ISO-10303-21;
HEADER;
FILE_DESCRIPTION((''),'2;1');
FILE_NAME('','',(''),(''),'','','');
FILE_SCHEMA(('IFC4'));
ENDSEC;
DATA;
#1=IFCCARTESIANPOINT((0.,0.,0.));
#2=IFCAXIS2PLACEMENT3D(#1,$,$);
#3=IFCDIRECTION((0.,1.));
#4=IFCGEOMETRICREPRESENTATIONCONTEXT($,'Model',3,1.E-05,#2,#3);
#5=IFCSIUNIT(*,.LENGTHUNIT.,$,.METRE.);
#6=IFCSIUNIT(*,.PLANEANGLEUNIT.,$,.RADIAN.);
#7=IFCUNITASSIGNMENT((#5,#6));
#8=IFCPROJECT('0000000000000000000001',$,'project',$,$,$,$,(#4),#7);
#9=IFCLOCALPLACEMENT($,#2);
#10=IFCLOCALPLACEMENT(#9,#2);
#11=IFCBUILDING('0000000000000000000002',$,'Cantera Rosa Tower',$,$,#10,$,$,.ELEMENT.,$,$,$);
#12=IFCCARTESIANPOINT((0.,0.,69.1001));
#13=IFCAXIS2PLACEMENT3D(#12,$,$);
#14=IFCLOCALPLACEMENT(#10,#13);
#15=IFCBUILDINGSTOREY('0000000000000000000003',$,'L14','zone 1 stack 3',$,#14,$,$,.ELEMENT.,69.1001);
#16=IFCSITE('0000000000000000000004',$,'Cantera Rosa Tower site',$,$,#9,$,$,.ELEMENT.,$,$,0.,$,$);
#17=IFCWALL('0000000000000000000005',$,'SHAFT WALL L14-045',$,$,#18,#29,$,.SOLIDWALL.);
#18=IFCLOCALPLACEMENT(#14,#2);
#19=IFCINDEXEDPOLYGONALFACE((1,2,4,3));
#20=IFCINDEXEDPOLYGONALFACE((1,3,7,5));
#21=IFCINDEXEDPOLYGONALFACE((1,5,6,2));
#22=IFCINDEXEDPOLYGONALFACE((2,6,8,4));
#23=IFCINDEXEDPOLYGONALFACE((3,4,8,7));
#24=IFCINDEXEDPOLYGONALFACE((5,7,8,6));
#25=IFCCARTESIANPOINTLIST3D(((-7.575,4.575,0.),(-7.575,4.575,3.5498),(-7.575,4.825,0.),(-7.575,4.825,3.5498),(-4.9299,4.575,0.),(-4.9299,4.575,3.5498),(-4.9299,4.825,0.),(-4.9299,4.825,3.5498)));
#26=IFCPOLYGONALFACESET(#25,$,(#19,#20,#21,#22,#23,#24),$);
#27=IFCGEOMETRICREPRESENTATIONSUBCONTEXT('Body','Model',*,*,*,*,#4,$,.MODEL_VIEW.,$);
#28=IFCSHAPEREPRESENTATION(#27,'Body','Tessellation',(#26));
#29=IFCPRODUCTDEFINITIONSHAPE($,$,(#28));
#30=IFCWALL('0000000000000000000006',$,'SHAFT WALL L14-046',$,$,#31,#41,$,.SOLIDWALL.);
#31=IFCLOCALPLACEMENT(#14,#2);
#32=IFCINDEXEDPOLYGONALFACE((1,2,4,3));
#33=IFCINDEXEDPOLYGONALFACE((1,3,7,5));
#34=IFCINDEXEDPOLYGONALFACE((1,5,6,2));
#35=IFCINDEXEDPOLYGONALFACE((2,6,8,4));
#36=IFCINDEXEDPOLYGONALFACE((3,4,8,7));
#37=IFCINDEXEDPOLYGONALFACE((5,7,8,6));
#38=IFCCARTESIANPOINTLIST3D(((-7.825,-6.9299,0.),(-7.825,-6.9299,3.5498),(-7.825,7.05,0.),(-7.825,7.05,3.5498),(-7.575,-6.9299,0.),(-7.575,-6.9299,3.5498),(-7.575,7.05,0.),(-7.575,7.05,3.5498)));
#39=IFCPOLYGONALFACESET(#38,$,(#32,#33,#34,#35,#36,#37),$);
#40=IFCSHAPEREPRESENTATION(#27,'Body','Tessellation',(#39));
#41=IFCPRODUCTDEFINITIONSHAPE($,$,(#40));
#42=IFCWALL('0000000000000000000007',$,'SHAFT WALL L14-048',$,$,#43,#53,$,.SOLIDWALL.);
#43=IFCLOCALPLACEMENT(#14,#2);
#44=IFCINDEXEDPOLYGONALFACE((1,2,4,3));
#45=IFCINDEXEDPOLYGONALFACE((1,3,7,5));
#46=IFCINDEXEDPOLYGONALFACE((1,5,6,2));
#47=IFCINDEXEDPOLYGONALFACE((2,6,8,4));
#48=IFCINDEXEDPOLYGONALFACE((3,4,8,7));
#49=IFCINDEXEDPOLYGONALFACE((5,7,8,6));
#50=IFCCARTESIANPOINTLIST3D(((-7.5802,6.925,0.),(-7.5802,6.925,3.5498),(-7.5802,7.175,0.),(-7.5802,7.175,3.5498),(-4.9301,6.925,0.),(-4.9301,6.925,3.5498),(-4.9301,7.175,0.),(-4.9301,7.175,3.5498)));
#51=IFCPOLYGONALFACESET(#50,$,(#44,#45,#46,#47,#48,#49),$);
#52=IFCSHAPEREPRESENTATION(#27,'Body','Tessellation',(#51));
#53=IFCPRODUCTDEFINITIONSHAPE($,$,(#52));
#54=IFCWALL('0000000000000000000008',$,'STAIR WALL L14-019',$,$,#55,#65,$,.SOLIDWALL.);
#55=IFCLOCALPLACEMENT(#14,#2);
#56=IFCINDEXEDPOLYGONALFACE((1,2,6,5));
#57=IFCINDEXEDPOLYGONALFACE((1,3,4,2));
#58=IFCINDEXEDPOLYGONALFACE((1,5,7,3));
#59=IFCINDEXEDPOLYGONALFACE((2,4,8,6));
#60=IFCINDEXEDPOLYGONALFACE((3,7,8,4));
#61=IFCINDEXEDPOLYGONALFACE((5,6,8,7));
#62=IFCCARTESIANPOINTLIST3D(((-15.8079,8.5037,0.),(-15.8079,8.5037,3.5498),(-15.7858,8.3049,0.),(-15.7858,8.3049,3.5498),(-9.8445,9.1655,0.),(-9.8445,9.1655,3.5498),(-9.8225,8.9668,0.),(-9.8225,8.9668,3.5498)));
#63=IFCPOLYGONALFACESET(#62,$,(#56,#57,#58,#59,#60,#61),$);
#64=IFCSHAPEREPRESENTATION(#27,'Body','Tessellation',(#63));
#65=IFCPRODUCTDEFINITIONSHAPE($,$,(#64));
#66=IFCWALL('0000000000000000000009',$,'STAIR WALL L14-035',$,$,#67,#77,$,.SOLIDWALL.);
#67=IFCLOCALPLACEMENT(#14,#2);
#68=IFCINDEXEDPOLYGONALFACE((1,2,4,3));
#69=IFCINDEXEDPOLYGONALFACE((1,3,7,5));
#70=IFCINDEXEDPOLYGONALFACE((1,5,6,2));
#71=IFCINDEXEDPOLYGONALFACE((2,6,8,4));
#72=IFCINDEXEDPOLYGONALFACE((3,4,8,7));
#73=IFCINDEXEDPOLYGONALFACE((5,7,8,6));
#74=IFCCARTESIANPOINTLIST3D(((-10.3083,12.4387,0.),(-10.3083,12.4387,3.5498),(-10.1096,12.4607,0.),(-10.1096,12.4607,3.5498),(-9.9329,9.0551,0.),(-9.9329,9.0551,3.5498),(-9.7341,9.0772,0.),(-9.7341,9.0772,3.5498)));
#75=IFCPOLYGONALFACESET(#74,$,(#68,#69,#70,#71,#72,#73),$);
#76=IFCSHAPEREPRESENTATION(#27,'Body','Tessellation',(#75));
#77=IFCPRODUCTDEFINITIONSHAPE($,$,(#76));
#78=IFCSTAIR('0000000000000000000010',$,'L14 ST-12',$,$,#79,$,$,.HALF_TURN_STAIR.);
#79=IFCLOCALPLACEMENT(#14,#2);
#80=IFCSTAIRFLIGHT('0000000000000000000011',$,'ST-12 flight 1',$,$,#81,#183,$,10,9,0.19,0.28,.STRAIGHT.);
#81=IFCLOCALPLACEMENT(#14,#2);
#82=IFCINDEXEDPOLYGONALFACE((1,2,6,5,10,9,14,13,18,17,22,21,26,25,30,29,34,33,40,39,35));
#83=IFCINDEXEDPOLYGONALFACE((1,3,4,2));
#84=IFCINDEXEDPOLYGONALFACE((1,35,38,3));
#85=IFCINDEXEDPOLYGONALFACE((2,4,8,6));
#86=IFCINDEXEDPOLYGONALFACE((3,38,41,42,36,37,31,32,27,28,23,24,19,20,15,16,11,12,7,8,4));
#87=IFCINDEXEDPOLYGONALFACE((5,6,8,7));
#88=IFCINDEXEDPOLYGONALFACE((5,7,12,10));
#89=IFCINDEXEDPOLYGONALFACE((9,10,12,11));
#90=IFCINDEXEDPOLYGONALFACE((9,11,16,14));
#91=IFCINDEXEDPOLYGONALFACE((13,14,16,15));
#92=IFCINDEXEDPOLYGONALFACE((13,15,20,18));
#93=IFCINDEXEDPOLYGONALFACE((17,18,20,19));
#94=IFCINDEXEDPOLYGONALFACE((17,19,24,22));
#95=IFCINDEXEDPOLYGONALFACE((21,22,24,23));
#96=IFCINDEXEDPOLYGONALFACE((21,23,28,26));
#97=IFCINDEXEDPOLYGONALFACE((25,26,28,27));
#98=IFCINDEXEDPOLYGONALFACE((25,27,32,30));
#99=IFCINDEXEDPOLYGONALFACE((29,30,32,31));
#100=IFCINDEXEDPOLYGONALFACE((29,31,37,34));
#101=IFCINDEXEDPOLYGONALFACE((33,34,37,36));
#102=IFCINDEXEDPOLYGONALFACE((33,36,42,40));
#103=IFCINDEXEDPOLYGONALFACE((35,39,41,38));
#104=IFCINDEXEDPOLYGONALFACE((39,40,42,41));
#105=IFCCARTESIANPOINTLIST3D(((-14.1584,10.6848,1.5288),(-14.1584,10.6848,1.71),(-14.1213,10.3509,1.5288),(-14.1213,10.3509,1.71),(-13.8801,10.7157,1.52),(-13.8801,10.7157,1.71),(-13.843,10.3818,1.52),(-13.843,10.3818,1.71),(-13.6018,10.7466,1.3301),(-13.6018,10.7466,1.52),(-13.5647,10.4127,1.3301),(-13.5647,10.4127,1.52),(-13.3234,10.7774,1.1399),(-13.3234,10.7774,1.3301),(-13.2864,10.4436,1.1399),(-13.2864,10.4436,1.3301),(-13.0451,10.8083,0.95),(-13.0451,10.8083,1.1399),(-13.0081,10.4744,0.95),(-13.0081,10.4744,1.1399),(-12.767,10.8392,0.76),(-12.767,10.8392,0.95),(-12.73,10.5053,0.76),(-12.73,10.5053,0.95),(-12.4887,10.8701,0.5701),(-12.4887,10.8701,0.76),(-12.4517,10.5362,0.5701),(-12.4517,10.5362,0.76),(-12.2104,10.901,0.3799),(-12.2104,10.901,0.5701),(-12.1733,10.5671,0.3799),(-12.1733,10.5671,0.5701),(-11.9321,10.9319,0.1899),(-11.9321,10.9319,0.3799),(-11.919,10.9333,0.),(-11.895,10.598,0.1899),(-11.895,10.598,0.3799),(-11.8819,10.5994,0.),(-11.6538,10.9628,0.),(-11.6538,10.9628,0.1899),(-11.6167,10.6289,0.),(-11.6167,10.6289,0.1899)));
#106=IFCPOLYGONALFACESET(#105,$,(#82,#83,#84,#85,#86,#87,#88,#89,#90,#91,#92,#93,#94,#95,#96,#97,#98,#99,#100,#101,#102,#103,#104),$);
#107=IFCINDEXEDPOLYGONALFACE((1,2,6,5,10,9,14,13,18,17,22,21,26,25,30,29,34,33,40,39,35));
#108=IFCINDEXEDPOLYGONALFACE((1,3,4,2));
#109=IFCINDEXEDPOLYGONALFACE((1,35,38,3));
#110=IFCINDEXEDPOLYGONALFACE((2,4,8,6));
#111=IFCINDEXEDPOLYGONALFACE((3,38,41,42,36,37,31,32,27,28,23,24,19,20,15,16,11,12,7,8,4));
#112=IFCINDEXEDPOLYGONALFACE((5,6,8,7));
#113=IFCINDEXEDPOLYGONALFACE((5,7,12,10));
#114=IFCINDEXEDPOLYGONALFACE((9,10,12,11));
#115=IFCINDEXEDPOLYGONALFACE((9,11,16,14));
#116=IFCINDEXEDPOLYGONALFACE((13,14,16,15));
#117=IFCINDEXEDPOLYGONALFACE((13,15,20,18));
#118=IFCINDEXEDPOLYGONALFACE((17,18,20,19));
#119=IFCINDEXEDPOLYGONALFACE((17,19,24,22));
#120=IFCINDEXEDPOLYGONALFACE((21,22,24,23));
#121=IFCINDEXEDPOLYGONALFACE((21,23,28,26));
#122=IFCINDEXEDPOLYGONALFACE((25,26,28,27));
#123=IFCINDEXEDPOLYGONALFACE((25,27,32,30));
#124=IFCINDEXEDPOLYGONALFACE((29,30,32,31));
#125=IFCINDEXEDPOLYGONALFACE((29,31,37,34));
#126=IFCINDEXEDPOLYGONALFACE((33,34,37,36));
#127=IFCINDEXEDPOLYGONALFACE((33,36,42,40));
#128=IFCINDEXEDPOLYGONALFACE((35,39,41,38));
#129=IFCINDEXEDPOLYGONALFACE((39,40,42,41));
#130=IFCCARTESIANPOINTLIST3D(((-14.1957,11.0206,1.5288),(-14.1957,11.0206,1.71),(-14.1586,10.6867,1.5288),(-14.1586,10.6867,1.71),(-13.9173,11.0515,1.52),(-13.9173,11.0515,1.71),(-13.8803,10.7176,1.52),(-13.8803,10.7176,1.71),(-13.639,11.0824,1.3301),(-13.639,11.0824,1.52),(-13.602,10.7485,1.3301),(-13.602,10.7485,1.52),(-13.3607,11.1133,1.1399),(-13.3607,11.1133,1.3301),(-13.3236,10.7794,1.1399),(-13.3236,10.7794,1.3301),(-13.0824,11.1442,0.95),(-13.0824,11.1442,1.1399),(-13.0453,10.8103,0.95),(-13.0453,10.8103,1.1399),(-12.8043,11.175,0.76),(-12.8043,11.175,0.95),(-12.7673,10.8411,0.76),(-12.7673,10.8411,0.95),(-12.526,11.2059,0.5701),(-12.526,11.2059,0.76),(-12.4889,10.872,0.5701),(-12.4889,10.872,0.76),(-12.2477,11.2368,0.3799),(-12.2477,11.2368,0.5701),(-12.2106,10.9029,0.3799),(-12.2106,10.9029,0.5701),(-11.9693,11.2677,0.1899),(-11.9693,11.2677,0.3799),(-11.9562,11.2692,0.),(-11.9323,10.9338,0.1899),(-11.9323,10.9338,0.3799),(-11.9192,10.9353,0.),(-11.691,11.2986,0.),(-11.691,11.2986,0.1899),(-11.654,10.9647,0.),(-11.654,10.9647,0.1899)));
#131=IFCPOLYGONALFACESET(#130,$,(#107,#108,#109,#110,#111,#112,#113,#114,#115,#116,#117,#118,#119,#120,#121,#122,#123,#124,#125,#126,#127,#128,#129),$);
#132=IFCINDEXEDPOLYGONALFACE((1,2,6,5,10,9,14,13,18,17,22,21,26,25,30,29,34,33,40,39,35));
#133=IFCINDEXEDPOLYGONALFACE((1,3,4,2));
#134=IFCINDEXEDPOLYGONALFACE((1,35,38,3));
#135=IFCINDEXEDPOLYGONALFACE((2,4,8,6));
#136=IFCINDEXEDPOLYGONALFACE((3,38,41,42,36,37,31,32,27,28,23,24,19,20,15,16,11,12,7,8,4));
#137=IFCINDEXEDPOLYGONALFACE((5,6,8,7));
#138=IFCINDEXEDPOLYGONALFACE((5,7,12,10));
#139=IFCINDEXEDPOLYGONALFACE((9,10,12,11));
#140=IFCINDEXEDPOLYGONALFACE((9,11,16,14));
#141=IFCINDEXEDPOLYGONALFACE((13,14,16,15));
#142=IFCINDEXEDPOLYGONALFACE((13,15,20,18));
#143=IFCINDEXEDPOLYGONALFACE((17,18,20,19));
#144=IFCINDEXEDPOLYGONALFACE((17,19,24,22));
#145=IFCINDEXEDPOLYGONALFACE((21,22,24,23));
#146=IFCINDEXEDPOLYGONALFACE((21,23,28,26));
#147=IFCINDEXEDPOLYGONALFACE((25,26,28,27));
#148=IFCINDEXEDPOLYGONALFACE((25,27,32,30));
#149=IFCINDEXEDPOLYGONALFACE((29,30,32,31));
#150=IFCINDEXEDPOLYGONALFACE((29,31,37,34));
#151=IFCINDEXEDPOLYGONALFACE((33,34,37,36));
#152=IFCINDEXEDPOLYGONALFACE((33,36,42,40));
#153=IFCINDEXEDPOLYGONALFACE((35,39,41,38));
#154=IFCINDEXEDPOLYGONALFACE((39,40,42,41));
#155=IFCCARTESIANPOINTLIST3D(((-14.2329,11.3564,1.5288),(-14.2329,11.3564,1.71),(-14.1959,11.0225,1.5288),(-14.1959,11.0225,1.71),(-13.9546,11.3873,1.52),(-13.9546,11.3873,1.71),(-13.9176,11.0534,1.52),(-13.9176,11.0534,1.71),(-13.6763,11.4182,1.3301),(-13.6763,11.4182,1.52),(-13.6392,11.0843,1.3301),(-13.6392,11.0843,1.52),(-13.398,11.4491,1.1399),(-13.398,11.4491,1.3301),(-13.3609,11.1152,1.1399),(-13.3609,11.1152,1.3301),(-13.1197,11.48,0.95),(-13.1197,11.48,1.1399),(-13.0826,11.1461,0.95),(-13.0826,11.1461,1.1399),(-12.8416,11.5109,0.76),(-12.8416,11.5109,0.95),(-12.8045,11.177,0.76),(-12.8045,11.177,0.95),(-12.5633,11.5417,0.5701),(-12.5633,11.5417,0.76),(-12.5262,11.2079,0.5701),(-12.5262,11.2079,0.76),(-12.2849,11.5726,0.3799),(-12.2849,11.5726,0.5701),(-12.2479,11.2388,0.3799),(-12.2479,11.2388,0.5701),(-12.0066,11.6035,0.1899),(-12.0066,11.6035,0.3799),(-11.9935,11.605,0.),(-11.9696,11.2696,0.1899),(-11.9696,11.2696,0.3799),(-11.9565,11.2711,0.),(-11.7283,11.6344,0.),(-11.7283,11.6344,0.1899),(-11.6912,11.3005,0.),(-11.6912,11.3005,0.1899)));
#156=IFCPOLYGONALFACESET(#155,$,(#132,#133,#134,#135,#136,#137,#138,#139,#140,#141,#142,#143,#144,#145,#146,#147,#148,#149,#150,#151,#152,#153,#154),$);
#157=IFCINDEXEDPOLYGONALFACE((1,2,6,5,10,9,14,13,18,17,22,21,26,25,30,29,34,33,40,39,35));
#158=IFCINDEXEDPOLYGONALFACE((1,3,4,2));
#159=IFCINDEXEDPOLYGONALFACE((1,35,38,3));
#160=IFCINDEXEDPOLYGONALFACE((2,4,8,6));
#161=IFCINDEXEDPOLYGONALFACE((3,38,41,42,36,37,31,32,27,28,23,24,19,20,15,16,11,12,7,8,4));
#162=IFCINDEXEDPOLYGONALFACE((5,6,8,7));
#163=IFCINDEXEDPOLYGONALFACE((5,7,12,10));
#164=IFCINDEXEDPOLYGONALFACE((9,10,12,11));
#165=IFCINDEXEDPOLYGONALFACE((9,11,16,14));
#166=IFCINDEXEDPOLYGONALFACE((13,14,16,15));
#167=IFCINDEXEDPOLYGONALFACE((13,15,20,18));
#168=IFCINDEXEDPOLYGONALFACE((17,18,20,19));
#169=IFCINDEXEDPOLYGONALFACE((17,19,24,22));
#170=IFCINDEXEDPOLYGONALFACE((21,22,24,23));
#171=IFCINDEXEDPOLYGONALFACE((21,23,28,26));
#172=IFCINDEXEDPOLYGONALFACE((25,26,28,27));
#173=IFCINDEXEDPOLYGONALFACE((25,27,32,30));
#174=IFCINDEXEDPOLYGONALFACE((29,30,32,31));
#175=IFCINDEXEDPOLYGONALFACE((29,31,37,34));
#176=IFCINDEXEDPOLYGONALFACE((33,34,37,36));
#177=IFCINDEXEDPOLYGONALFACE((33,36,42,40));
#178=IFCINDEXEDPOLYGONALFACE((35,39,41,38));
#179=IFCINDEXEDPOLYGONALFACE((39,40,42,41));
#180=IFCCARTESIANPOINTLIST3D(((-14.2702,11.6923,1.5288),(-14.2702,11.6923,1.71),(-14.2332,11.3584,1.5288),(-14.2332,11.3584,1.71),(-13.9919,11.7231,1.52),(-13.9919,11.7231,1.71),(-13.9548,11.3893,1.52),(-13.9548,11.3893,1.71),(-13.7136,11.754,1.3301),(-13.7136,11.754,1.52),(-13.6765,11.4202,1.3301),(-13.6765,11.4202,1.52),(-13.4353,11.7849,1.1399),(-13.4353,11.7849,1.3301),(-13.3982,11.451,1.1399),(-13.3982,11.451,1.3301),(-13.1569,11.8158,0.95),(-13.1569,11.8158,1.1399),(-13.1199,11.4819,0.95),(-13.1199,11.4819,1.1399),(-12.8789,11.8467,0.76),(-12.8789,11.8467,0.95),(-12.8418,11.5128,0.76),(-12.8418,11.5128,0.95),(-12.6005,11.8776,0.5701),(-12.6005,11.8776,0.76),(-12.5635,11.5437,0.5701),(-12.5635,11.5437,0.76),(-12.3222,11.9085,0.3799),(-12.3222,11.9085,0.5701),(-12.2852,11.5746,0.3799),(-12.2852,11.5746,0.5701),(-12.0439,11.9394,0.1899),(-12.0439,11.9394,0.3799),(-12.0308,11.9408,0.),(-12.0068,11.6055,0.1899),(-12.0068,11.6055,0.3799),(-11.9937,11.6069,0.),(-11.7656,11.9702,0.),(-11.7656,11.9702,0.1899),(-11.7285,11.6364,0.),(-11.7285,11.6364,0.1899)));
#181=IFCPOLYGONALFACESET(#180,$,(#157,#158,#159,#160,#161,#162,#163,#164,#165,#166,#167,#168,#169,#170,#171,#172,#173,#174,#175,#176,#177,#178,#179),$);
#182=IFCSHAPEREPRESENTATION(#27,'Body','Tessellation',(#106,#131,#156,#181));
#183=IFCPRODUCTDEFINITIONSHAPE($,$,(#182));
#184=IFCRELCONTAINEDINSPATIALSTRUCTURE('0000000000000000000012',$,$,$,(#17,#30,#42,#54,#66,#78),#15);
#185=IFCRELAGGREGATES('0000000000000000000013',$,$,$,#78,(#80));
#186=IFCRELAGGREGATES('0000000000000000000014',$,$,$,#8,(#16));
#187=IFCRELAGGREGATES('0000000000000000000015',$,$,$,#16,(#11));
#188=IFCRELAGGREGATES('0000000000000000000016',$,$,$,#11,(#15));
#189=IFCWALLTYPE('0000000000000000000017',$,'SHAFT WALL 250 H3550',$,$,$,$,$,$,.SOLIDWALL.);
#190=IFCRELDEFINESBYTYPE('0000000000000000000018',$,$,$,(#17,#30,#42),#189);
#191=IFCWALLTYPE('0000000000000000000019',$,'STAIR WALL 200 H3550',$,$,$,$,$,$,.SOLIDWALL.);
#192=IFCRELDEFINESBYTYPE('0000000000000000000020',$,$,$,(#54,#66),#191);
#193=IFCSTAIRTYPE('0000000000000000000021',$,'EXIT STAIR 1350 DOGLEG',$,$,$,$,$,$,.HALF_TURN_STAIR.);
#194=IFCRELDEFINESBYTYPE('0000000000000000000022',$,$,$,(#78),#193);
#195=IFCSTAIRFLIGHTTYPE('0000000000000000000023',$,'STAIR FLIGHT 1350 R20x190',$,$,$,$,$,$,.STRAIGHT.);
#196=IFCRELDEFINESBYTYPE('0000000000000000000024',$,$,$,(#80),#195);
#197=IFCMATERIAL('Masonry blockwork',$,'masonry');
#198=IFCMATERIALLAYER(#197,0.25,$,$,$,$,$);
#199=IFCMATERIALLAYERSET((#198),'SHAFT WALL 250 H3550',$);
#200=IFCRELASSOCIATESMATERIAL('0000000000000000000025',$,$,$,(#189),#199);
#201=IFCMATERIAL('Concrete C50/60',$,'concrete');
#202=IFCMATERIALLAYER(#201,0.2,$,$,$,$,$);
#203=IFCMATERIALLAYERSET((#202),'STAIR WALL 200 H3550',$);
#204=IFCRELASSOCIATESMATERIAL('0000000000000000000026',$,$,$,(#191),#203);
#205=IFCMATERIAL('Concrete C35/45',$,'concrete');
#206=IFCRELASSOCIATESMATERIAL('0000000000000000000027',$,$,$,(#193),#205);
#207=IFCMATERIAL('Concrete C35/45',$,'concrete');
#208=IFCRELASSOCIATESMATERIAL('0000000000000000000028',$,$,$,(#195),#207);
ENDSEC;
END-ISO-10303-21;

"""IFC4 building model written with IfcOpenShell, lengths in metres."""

from ifc_helpers import new_model, si_unit, direction, frame, frame_2d, origin, place, context, subcontext, project, spatial, polyline, rectangle, outline, extrude, material, layer, layer_set, type_object, element, aggregate, save


model = new_model("IFC4")

# Units and contexts
model_context = context("Model", 3, precision=1e-05, world=origin(), true_north=direction((0.0, 1.0)))
body_context = subcontext(model_context, "Body", "Model", "MODEL_VIEW")
ifc_project = project(units=[si_unit("LENGTHUNIT", "METRE"), si_unit("PLANEANGLEUNIT", "RADIAN")], contexts=[model_context])

# Site, building, storey
site_placement = place(None, origin())
site = spatial("IfcSite", under=ifc_project, at=site_placement, Name="Cantera Rosa Tower site", CompositionType="ELEMENT", RefElevation=0.0)
building_placement = place(site_placement, origin())
building = spatial("IfcBuilding", under=site, at=building_placement, Name="Cantera Rosa Tower", CompositionType="ELEMENT")
storey_placement = place(building_placement, frame((0.0, 0.0, 69.1001)))
storey = spatial("IfcBuildingStorey", under=building, at=storey_placement, Name="L14", Description="zone 1 stack 3", CompositionType="ELEMENT", Elevation=69.1001)

# Walls
ifc_material_1 = material(Name="Masonry blockwork", Category="masonry")
ifc_layer_1 = layer(ifc_material_1, 0.25)
ifc_layer_set_1 = layer_set([ifc_layer_1], Name="SHAFT WALL 250 H3550")
wall_type_1 = type_object("IfcWallType", Name="SHAFT WALL 250 H3550", PredefinedType="SOLIDWALL", material=ifc_layer_set_1)
for number, where, z_axis, x_axis, name in (
    (1, (-7.575, 4.7, 0.0), (0.0, 0.0, 1.0), (1.0, 0.0, 0.0), "SHAFT WALL L14-045"),
):
    element("IfcWall", number, at=place(storey_placement, frame(where, z_axis=z_axis, x_axis=x_axis)), inside=storey, type_object=wall_type_1, Name=name, PredefinedType="SOLIDWALL", context=body_context, shape_type="SweptSolid", body=[
        extrude(rectangle(XDim=2.645, YDim=0.25, at=frame_2d((1.3225, 0.0))), origin(), (0.0, 0.0, 1.0), 3.5498),
    ])
wall_1_placement = place(storey_placement, frame((-7.7, 7.05, 0.0), z_axis=(0.0, 0.0, 1.0), x_axis=(0.0, -1.0, 0.0)))
element("IfcWall", 2, at=wall_1_placement, inside=storey, type_object=wall_type_1, Name="SHAFT WALL L14-046", PredefinedType="SOLIDWALL", context=body_context, shape_type="SweptSolid", body=[
    extrude(rectangle(XDim=13.98, YDim=0.25, at=frame_2d((6.99, 0.0))), origin(), (0.0, 0.0, 1.0), 3.5498),
])
wall_2_placement = place(storey_placement, frame((-4.9299, 7.05, 0.0), z_axis=(0.0, 0.0, 1.0), x_axis=(-1.0, 0.0, 0.0)))
element("IfcWall", 3, at=wall_2_placement, inside=storey, type_object=wall_type_1, Name="SHAFT WALL L14-048", PredefinedType="SOLIDWALL", context=body_context, shape_type="SweptSolid", body=[
    extrude(rectangle(XDim=2.6501, YDim=0.25, at=frame_2d((1.3252, 0.0))), origin(), (0.0, 0.0, 1.0), 3.5498),
])
ifc_material_2 = material(Name="Concrete C50/60", Category="concrete")
ifc_layer_2 = layer(ifc_material_2, 0.2)
ifc_layer_set_2 = layer_set([ifc_layer_2], Name="STAIR WALL 200 H3550")
wall_type_2 = type_object("IfcWallType", Name="STAIR WALL 200 H3550", PredefinedType="SOLIDWALL", material=ifc_layer_set_2)
wall_3_placement = place(storey_placement, frame((-15.7969, 8.4043, 0.0), z_axis=(0.0, 0.0, 1.0), x_axis=(0.993897, 0.110311, 0.0)))
element("IfcWall", 4, at=wall_3_placement, inside=storey, type_object=wall_type_2, Name="STAIR WALL L14-019", PredefinedType="SOLIDWALL", context=body_context, shape_type="SweptSolid", body=[
    extrude(rectangle(XDim=6.0, YDim=0.2, at=frame_2d((3.0, 0.0))), origin(), (0.0, 0.0, 1.0), 3.5498),
])
wall_4_placement = place(storey_placement, frame((-9.8335, 9.0662, 0.0), z_axis=(0.0, 0.0, 1.0), x_axis=(-0.110298, 0.993899, 0.0)))
element("IfcWall", 5, at=wall_4_placement, inside=storey, type_object=wall_type_2, Name="STAIR WALL L14-035", PredefinedType="SOLIDWALL", context=body_context, shape_type="SweptSolid", body=[
    extrude(rectangle(XDim=3.4043, YDim=0.2, at=frame_2d((1.7021, 0.0))), origin(), (0.0, 0.0, 1.0), 3.5498),
])

# Stair, stair flight
ifc_material_3 = material(Name="Concrete C35/45", Category="concrete")
stair_type = type_object("IfcStairType", Name="EXIT STAIR 1350 DOGLEG", PredefinedType="HALF_TURN_STAIR", material=ifc_material_3)
stair_placement = place(storey_placement, origin())
stair = element("IfcStair", 6, at=stair_placement, inside=storey, type_object=stair_type, Name="L14 ST-12", PredefinedType="HALF_TURN_STAIR")
ifc_material_4 = material(Name="Concrete C35/45", Category="concrete")
stair_flight_type = type_object("IfcStairFlightType", Name="STAIR FLIGHT 1350 R20x190", PredefinedType="STRAIGHT", material=ifc_material_4)
stair_flight_1_placement = place(storey_placement, frame((-11.6912, 11.2998, 0.0), z_axis=(0.0, 0.0, 1.0), x_axis=(-0.993897, -0.110313, 0.0)))
stair_flight_1 = element("IfcStairFlight", 7, at=stair_flight_1_placement, type_object=stair_flight_type, Name="ST-12 flight 1", NumberOfRisers=10, NumberOfTreads=9, PredefinedType="STRAIGHT", RiserHeight=0.19, TreadLength=0.28, context=body_context, shape_type="SweptSolid", body=[
    extrude(outline(polyline([(0.0, 0.0), (0.0, 0.1899), (0.28, 0.1899), (0.28, 0.3799), (0.5601, 0.3799), (0.5601, 0.5701), (0.8401, 0.5701), (0.8401, 0.76), (1.1201, 0.76), (1.1201, 0.95), (1.3999, 0.95), (1.3999, 1.1399), (1.6799, 1.1399), (1.6799, 1.3301), (1.96, 1.3301), (1.96, 1.52), (2.24, 1.52), (2.24, 1.71), (2.52, 1.71), (2.52, 1.8999), (2.52, 1.5288), (0.2668, 0.0), (0.0, 0.0)])), frame((0.0, 0.675, 0.0), z_axis=(0.0, -1.0, 0.0), x_axis=(1.0, 0.0, 0.0)), (0.0, 0.0, 1.0), 0.3359),
    extrude(outline(polyline([(0.0, 0.0), (0.0, 0.1899), (0.28, 0.1899), (0.28, 0.3799), (0.5601, 0.3799), (0.5601, 0.5701), (0.8401, 0.5701), (0.8401, 0.76), (1.1201, 0.76), (1.1201, 0.95), (1.3999, 0.95), (1.3999, 1.1399), (1.6799, 1.1399), (1.6799, 1.3301), (1.96, 1.3301), (1.96, 1.52), (2.24, 1.52), (2.24, 1.71), (2.52, 1.71), (2.52, 1.8999), (2.52, 1.5288), (0.2668, 0.0), (0.0, 0.0)])), frame((0.0, 0.3372, 0.0), z_axis=(0.0, -1.0, 0.0), x_axis=(1.0, 0.0, 0.0)), (0.0, 0.0, 1.0), 0.3359),
    extrude(outline(polyline([(0.0, 0.0), (0.0, 0.1899), (0.28, 0.1899), (0.28, 0.3799), (0.5601, 0.3799), (0.5601, 0.5701), (0.8401, 0.5701), (0.8401, 0.76), (1.1201, 0.76), (1.1201, 0.95), (1.3999, 0.95), (1.3999, 1.1399), (1.6799, 1.1399), (1.6799, 1.3301), (1.96, 1.3301), (1.96, 1.52), (2.24, 1.52), (2.24, 1.71), (2.52, 1.71), (2.52, 1.8999), (2.52, 1.5288), (0.2668, 0.0), (0.0, 0.0)])), frame((0.0, -0.0007, 0.0), z_axis=(0.0, -1.0, 0.0), x_axis=(1.0, 0.0, 0.0)), (0.0, 0.0, 1.0), 0.3359),
    extrude(outline(polyline([(0.0, 0.0), (0.0, 0.1899), (0.28, 0.1899), (0.28, 0.3799), (0.5601, 0.3799), (0.5601, 0.5701), (0.8401, 0.5701), (0.8401, 0.76), (1.1201, 0.76), (1.1201, 0.95), (1.3999, 0.95), (1.3999, 1.1399), (1.6799, 1.1399), (1.6799, 1.3301), (1.96, 1.3301), (1.96, 1.52), (2.24, 1.52), (2.24, 1.71), (2.52, 1.71), (2.52, 1.8999), (2.52, 1.5288), (0.2668, 0.0), (0.0, 0.0)])), frame((0.0, -0.3386, 0.0), z_axis=(0.0, -1.0, 0.0), x_axis=(1.0, 0.0, 0.0)), (0.0, 0.0, 1.0), 0.3359),
])
aggregate(stair, [stair_flight_1])

save(model, "model.ifc")
